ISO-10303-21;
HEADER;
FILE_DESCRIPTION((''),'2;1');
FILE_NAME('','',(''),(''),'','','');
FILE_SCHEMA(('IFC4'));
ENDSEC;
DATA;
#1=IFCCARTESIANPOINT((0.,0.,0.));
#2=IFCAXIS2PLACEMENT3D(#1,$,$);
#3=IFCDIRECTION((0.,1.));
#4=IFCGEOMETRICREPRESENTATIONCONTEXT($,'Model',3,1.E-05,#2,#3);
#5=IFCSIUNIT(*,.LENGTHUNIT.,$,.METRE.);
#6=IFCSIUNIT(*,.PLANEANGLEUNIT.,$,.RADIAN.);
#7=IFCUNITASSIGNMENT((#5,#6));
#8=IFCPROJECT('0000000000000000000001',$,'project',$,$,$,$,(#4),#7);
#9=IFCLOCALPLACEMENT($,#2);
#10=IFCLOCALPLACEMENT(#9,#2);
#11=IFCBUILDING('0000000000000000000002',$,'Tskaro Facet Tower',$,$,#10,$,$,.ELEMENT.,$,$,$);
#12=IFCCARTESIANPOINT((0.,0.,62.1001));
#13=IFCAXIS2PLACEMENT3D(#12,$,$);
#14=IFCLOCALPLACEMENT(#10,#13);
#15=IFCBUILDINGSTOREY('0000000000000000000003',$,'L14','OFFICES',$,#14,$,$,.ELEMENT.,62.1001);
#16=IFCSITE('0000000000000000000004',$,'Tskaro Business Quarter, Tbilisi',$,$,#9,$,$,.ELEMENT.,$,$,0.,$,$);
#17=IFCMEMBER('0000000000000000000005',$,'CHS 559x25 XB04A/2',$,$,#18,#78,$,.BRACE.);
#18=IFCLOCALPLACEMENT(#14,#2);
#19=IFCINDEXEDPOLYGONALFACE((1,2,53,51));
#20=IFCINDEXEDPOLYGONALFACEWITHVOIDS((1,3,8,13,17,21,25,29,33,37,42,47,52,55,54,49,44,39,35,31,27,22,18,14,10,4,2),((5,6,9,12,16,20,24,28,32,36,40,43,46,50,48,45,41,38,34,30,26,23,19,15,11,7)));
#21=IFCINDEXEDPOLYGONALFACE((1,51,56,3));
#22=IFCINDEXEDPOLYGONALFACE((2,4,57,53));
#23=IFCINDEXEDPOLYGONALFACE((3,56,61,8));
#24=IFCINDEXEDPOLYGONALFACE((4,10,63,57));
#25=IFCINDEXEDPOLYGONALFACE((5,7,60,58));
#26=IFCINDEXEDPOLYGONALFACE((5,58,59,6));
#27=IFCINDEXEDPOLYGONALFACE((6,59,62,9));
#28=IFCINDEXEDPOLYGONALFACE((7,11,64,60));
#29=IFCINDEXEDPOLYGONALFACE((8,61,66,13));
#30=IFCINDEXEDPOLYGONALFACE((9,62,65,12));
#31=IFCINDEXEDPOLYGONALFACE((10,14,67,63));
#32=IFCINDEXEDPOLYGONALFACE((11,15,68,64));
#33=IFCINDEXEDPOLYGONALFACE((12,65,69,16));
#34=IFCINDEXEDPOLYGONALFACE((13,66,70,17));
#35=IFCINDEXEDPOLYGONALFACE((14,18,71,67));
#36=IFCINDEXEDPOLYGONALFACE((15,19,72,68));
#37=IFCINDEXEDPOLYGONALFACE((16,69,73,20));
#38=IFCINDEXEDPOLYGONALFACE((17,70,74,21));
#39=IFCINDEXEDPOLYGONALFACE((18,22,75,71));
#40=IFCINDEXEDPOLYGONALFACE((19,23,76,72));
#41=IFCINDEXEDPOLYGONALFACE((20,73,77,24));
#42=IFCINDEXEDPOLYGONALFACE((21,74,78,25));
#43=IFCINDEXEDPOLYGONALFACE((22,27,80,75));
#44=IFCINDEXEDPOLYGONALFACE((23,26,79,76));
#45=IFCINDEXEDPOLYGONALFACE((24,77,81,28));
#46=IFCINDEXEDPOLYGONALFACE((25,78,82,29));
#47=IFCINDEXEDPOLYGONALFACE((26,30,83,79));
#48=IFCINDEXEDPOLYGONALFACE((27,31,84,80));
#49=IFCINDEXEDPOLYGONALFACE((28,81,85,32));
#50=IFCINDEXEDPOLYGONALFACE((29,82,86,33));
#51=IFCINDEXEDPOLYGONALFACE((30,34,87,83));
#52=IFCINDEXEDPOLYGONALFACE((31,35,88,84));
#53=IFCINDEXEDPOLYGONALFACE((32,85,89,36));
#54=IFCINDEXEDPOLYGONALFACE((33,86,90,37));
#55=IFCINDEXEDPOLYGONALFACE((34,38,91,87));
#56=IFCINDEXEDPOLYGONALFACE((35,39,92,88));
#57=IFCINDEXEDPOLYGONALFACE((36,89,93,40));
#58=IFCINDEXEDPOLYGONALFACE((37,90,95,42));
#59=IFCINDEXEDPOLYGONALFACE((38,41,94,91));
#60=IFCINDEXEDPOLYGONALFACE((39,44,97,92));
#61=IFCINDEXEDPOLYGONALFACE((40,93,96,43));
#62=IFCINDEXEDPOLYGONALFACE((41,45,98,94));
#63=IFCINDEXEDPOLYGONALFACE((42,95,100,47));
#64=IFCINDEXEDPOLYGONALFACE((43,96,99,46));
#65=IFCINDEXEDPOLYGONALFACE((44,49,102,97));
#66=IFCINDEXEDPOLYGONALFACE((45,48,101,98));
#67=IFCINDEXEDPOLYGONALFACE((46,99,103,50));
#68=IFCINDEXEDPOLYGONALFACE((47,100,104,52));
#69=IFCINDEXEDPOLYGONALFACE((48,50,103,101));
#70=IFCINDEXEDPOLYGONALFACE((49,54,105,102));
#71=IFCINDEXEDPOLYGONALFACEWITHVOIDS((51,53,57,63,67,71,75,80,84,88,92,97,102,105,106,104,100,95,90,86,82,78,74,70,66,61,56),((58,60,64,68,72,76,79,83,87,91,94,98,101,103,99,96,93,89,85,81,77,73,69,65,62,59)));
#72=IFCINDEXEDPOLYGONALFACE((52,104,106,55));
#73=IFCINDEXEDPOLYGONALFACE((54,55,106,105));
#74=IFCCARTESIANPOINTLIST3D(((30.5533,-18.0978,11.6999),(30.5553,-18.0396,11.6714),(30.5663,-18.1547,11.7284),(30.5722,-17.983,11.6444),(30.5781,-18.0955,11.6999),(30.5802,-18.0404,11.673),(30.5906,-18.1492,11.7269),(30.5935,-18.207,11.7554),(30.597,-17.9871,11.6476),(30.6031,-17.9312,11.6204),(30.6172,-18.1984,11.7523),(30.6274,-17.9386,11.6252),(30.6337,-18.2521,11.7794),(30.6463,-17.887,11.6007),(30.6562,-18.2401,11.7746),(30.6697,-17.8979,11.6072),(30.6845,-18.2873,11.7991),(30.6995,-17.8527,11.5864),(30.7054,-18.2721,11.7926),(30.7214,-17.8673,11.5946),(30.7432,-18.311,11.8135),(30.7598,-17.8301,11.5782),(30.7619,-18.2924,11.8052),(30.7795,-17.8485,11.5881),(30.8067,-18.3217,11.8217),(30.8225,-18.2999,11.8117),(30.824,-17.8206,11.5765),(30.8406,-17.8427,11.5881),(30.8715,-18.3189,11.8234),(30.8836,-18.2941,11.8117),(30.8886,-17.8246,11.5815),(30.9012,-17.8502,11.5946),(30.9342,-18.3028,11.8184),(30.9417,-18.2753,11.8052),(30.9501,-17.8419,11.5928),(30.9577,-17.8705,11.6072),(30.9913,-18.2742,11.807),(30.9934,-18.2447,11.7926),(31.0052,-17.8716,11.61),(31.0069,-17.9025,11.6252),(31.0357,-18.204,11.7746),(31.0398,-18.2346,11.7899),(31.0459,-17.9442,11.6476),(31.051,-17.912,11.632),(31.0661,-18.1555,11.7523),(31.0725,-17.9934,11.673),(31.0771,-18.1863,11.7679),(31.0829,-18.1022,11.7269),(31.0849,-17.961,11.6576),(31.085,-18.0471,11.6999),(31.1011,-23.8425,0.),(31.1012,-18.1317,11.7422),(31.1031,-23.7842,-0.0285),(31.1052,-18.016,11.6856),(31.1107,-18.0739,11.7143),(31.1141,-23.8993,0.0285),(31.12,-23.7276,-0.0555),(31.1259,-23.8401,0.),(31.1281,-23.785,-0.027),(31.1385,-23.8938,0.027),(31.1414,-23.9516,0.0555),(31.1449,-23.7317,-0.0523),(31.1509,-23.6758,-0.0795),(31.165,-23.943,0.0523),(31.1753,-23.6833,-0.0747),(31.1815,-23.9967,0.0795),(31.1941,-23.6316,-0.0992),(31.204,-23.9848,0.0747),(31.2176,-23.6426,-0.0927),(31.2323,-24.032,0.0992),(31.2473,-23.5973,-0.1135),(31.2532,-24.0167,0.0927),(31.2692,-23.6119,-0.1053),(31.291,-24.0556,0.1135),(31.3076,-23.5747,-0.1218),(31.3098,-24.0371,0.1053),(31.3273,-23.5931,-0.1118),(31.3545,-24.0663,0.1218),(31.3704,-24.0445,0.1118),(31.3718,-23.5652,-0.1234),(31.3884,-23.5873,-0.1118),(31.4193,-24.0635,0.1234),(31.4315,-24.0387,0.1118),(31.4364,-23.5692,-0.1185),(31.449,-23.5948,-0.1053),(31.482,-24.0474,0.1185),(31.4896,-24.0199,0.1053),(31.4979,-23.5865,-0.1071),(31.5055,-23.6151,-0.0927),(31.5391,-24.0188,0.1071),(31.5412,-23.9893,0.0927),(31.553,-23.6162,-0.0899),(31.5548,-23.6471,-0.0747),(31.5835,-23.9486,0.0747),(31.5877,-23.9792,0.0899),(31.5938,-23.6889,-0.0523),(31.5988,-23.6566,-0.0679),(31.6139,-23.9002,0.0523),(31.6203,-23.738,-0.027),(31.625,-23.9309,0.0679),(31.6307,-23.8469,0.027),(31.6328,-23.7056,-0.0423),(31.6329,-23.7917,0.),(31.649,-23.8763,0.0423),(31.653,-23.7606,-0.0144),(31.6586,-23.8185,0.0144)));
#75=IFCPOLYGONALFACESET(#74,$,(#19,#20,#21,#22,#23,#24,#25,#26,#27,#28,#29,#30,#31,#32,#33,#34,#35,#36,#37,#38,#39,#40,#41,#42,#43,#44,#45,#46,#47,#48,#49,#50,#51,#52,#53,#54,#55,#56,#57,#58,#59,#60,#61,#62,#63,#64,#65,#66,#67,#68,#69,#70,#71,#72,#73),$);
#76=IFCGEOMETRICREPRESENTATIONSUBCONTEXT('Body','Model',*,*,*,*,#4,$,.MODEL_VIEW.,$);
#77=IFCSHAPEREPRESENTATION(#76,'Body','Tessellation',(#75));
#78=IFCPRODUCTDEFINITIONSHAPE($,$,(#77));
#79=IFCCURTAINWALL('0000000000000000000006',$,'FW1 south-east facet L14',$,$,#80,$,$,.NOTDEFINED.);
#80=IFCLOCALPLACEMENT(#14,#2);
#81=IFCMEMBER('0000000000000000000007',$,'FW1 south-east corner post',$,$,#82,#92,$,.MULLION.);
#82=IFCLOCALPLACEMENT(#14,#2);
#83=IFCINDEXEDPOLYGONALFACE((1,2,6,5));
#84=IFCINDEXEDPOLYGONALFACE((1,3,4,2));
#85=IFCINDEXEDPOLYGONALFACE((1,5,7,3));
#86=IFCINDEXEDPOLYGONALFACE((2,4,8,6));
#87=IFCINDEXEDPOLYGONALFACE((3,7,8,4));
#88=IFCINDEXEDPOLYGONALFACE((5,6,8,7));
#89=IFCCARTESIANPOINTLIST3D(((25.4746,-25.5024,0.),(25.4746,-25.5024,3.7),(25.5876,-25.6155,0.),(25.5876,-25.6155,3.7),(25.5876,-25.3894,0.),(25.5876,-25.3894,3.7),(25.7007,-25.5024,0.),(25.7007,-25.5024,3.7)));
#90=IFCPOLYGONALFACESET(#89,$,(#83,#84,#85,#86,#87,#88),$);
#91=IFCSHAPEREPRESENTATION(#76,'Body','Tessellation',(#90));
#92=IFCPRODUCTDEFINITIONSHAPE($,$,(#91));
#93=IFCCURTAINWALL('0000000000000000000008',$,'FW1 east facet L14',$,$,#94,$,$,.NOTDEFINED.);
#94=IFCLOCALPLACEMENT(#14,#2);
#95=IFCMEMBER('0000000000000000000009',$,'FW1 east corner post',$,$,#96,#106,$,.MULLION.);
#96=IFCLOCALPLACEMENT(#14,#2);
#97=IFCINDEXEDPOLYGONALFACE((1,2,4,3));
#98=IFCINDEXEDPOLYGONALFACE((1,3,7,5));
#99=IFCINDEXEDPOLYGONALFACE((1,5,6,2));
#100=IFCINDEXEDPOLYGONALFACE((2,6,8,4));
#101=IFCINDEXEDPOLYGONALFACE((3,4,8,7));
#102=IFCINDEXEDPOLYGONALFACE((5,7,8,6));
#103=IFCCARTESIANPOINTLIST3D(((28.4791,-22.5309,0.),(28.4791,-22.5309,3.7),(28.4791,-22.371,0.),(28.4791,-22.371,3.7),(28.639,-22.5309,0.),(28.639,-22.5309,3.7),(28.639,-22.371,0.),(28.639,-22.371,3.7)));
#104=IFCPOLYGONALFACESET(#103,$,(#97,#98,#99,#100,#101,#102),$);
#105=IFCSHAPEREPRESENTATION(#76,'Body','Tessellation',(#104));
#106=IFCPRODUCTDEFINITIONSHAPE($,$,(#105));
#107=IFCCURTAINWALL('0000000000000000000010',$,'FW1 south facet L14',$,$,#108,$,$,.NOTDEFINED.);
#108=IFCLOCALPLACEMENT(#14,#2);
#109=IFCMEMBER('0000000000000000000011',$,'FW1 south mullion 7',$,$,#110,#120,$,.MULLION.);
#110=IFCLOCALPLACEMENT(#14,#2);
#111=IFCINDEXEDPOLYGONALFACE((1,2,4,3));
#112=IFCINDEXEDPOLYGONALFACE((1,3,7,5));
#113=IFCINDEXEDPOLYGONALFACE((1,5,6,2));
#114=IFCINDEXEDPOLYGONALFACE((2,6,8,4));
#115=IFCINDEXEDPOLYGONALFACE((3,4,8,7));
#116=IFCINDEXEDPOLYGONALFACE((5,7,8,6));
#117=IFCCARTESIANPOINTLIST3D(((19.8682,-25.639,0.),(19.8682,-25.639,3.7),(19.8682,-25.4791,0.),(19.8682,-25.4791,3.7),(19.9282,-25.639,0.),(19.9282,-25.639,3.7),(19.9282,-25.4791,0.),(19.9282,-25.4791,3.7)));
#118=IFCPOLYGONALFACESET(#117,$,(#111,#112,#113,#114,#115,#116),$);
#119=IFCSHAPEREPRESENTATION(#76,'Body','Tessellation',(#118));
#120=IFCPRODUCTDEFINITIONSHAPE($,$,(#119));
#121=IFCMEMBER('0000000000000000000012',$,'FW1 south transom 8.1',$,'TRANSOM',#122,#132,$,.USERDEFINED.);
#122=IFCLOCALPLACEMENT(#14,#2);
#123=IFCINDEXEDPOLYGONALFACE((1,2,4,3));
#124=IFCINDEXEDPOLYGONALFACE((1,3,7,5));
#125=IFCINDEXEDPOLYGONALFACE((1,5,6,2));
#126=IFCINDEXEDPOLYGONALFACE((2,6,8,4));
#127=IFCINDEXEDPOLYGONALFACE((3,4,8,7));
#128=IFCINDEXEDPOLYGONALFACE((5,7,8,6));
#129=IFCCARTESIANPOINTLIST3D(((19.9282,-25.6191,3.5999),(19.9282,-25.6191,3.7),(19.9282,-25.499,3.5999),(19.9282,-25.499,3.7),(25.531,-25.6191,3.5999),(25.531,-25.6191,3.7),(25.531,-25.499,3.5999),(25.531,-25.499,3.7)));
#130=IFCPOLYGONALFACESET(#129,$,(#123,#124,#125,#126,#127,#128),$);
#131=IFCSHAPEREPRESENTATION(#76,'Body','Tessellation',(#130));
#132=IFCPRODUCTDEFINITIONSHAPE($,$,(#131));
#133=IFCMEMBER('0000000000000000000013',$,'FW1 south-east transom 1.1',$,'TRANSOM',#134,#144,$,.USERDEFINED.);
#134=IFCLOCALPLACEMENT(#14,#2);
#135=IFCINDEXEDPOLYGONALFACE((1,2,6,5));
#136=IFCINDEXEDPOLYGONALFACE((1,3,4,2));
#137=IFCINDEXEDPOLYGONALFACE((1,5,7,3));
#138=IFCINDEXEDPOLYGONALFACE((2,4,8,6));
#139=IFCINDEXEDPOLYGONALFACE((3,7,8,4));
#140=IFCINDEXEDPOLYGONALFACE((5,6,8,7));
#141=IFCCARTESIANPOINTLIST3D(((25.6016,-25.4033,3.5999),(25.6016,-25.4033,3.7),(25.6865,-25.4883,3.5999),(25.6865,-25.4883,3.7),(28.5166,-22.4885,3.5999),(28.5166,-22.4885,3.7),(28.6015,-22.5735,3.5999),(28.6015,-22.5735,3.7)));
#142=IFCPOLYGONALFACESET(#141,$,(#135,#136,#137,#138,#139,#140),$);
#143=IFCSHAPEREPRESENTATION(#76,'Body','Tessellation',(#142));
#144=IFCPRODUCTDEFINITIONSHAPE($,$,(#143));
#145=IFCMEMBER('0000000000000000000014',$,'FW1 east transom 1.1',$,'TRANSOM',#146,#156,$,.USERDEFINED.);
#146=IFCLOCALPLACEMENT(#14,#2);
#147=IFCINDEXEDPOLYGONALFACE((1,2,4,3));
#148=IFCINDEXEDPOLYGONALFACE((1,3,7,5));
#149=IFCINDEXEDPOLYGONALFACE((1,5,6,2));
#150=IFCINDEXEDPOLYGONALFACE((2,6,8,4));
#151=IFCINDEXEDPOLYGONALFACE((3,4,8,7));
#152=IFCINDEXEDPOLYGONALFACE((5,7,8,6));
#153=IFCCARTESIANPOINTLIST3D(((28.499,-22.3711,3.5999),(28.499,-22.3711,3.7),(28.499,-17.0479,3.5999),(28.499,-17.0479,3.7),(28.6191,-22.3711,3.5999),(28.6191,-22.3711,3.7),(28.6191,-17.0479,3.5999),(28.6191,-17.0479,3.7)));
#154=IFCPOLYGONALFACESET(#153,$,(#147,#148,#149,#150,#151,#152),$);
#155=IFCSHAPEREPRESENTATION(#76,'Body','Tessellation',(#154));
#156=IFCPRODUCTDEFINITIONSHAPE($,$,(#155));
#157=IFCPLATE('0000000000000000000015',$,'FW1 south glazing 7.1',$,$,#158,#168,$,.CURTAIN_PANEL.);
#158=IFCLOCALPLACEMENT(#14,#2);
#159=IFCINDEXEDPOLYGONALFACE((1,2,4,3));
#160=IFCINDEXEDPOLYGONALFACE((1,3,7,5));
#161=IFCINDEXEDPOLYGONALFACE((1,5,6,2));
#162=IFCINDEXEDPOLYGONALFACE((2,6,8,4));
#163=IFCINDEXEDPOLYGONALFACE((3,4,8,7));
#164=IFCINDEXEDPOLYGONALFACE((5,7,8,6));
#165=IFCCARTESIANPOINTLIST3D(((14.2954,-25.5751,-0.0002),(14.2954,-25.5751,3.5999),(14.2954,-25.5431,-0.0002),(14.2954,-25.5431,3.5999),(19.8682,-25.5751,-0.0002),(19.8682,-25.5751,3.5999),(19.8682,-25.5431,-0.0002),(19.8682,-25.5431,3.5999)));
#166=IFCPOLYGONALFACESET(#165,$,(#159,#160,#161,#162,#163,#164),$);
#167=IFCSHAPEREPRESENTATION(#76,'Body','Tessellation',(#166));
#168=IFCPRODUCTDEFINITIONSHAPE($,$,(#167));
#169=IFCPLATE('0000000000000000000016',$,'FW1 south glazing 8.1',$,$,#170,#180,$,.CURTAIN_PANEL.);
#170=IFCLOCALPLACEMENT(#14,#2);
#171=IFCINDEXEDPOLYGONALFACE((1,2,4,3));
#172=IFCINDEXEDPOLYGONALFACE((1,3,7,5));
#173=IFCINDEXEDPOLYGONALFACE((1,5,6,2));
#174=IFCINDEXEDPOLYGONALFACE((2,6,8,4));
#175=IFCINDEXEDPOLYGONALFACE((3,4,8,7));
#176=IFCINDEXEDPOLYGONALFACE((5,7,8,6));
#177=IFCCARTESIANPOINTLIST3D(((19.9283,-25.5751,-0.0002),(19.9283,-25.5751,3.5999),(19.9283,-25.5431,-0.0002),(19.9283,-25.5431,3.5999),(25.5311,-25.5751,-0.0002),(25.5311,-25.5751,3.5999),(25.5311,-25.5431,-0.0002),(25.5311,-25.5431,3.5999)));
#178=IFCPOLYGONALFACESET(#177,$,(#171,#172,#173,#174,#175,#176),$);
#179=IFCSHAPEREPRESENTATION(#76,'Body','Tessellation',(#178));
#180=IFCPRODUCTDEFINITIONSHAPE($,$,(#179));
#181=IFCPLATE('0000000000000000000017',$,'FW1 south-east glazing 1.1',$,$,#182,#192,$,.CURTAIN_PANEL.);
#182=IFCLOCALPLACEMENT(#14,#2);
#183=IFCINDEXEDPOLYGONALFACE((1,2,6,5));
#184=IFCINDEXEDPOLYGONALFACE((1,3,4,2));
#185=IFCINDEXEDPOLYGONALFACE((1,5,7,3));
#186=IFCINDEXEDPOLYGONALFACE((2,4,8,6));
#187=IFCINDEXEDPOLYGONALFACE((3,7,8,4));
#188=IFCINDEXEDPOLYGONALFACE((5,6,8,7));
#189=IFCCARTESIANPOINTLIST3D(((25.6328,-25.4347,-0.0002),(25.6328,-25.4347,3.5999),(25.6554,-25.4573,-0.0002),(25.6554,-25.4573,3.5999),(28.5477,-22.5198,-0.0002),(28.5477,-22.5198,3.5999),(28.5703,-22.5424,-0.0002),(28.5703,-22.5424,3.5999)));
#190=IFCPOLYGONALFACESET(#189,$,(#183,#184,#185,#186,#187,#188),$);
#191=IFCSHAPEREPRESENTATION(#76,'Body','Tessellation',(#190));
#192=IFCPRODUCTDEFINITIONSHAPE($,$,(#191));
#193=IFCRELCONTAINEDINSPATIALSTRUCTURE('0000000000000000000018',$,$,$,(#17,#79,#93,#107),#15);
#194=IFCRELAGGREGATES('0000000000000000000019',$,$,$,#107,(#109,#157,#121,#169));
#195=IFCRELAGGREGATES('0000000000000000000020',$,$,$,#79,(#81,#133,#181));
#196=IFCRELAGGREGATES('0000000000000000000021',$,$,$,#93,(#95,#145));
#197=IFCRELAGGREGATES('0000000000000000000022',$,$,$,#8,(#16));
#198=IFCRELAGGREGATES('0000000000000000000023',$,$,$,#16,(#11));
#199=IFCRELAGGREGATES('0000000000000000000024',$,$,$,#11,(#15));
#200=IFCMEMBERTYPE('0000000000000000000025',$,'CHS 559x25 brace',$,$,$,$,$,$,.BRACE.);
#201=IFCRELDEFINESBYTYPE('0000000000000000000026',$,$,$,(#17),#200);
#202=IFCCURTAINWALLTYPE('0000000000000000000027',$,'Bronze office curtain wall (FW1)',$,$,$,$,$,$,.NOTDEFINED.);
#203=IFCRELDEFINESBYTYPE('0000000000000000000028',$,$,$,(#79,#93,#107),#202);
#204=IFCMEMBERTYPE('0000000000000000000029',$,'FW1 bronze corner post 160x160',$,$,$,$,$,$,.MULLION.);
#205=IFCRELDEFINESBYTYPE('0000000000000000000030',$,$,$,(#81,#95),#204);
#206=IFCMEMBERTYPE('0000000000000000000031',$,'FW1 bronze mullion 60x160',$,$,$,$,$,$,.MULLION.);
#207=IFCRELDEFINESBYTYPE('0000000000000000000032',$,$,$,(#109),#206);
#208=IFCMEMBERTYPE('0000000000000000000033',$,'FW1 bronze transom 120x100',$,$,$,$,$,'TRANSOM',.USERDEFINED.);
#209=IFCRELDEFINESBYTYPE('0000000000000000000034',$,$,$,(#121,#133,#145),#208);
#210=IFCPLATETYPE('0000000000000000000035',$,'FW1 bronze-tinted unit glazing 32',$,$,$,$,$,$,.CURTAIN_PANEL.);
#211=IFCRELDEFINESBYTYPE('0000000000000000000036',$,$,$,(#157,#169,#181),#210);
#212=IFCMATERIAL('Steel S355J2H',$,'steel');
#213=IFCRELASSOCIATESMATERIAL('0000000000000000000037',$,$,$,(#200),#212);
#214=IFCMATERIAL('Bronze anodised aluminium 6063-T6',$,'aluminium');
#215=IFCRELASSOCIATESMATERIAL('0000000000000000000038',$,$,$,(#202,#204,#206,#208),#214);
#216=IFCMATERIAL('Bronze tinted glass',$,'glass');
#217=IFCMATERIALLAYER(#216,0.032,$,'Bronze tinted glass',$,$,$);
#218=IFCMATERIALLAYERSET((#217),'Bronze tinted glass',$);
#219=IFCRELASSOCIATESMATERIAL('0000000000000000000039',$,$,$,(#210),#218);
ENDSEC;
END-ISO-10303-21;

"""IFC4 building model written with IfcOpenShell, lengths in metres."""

from ifc_helpers import new_model, si_unit, direction, frame, origin, origin_2d, place, context, subcontext, project, spatial, rectangle, hollow_circle, extrude, material, layer, layer_set, material_profile, profile_set, type_object, element, aggregate, save


model = new_model("IFC4")

# Units and contexts
model_context = context("Model", 3, precision=1e-05, world=origin(), true_north=direction((0.0, 1.0)))
body_context = subcontext(model_context, "Body", "Model", "MODEL_VIEW")
ifc_project = project(units=[si_unit("LENGTHUNIT", "METRE"), si_unit("PLANEANGLEUNIT", "RADIAN")], contexts=[model_context])

# Site, building, storey
site_placement = place(None, origin())
site = spatial("IfcSite", under=ifc_project, at=site_placement, Name="Tskaro Business Quarter, Tbilisi", CompositionType="ELEMENT", RefElevation=0.0)
building_placement = place(site_placement, origin())
building = spatial("IfcBuilding", under=site, at=building_placement, Name="Tskaro Facet Tower", CompositionType="ELEMENT")
storey_placement = place(building_placement, frame((0.0, 0.0, 62.1001)))
storey = spatial("IfcBuildingStorey", under=building, at=storey_placement, Name="L14", Description="OFFICES", CompositionType="ELEMENT", Elevation=62.1001)

# Shared definitions
ifc_material_1 = material(Name="Steel S355J2H", Category="steel")

# Member
ifc_material_profile_1 = material_profile(ifc_material_1, hollow_circle(Radius=0.2795, WallThickness=0.0249, at=origin_2d()), Name="CHS 559x25")
ifc_profile_set_1 = profile_set([ifc_material_profile_1], Name="Steel S355J2H")
member_type_1 = type_object("IfcMemberType", Name="CHS 559x25 brace", PredefinedType="BRACE", material=ifc_profile_set_1)
member_1_placement = place(storey_placement, frame((31.3794, -23.8159, 0.0), z_axis=(-0.041995, 0.440347, 0.896845), x_axis=(-0.995483, -0.094937, 0.0)))
element("IfcMember", 1, at=member_1_placement, inside=storey, type_object=member_type_1, Name="CHS 559x25 XB04A/2", PredefinedType="BRACE", context=body_context, shape_type="SweptSolid", body=[
    extrude(hollow_circle(Radius=0.2795, WallThickness=0.0249, at=origin_2d()), origin(), (0.0, 0.0, 1.0), 13.0457),
])

# Curtain walls, members
ifc_material_2 = material(Name="Bronze anodised aluminium 6063-T6", Category="aluminium")
curtain_wall_type = type_object("IfcCurtainWallType", Name="Bronze office curtain wall (FW1)", PredefinedType="NOTDEFINED", material=ifc_material_2)
curtain_wall_1_placement = place(storey_placement, origin())
curtain_wall_1 = element("IfcCurtainWall", 2, at=curtain_wall_1_placement, inside=storey, type_object=curtain_wall_type, Name="FW1 south-east facet L14", PredefinedType="NOTDEFINED")
ifc_material_profile_2 = material_profile(ifc_material_2, rectangle(XDim=0.1599, YDim=0.1599, at=origin_2d()), Name="Corner post 160x160")
ifc_profile_set_2 = profile_set([ifc_material_profile_2], Name="Bronze anodised aluminium 6063-T6")
member_type_2 = type_object("IfcMemberType", Name="FW1 bronze corner post 160x160", PredefinedType="MULLION", material=ifc_profile_set_2)
member_2_placement = place(storey_placement, frame((25.5876, -25.5024, 0.0), z_axis=(0.0, 0.0, 1.0), x_axis=(0.707107, 0.707107, 0.0)))
member_2 = element("IfcMember", 3, at=member_2_placement, type_object=member_type_2, Name="FW1 south-east corner post", PredefinedType="MULLION", context=body_context, shape_type="SweptSolid", body=[
    extrude(rectangle(XDim=0.1599, YDim=0.1599, at=origin_2d()), origin(), (0.0, 0.0, 1.0), 3.7),
])
curtain_wall_2_placement = place(storey_placement, origin())
curtain_wall_2 = element("IfcCurtainWall", 4, at=curtain_wall_2_placement, inside=storey, type_object=curtain_wall_type, Name="FW1 east facet L14", PredefinedType="NOTDEFINED")
member_3_placement = place(storey_placement, frame((28.5591, -22.4509, 0.0), z_axis=(0.0, 0.0, 1.0), x_axis=(0.0, 1.0, 0.0)))
member_3 = element("IfcMember", 5, at=member_3_placement, type_object=member_type_2, Name="FW1 east corner post", PredefinedType="MULLION", context=body_context, shape_type="SweptSolid", body=[
    extrude(rectangle(XDim=0.1599, YDim=0.1599, at=origin_2d()), origin(), (0.0, 0.0, 1.0), 3.7),
])

# Curtain wall, members
curtain_wall_3_placement = place(storey_placement, origin())
curtain_wall_3 = element("IfcCurtainWall", 6, at=curtain_wall_3_placement, inside=storey, type_object=curtain_wall_type, Name="FW1 south facet L14", PredefinedType="NOTDEFINED")
ifc_material_profile_3 = material_profile(ifc_material_2, rectangle(XDim=0.0601, YDim=0.1599, at=origin_2d()), Name="Mullion 60x160")
ifc_profile_set_3 = profile_set([ifc_material_profile_3], Name="Bronze anodised aluminium 6063-T6")
member_type_3 = type_object("IfcMemberType", Name="FW1 bronze mullion 60x160", PredefinedType="MULLION", material=ifc_profile_set_3)
member_4_placement = place(storey_placement, frame((19.8982, -25.5591, 0.0), z_axis=(0.0, 0.0, 1.0), x_axis=(1.0, 0.0, 0.0)))
member_4 = element("IfcMember", 7, at=member_4_placement, type_object=member_type_3, Name="FW1 south mullion 7", PredefinedType="MULLION", context=body_context, shape_type="SweptSolid", body=[
    extrude(rectangle(XDim=0.0601, YDim=0.1599, at=origin_2d()), origin(), (0.0, 0.0, 1.0), 3.7),
])
ifc_material_profile_4 = material_profile(ifc_material_2, rectangle(XDim=0.1201, YDim=0.1001, at=origin_2d()), Name="Transom 120x100")
ifc_profile_set_4 = profile_set([ifc_material_profile_4], Name="Bronze anodised aluminium 6063-T6")
member_type_4 = type_object("IfcMemberType", Name="FW1 bronze transom 120x100", ElementType="TRANSOM", PredefinedType="USERDEFINED", material=ifc_profile_set_4)
member_5_placement = place(storey_placement, frame((19.9282, -25.5591, 3.6499), z_axis=(1.0, 0.0, 0.0), x_axis=(0.0, 1.0, 0.0)))
member_5 = element("IfcMember", 8, at=member_5_placement, type_object=member_type_4, Name="FW1 south transom 8.1", ObjectType="TRANSOM", PredefinedType="USERDEFINED", context=body_context, shape_type="SweptSolid", body=[
    extrude(rectangle(XDim=0.1201, YDim=0.1001, at=origin_2d()), origin(), (0.0, 0.0, 1.0), 5.6028),
])

# Members
member_6_placement = place(storey_placement, frame((25.644, -25.4458, 3.6499), z_axis=(0.707136, 0.707077, 0.0), x_axis=(-0.707077, 0.707136, 0.0)))
member_6 = element("IfcMember", 9, at=member_6_placement, type_object=member_type_4, Name="FW1 south-east transom 1.1", ObjectType="TRANSOM", PredefinedType="USERDEFINED", context=body_context, shape_type="SweptSolid", body=[
    extrude(rectangle(XDim=0.1201, YDim=0.1001, at=origin_2d()), origin(), (0.0, 0.0, 1.0), 4.1223),
])
member_7_placement = place(storey_placement, frame((28.5591, -22.3711, 3.6499), z_axis=(0.0, 1.0, 0.0), x_axis=(-1.0, 0.0, 0.0)))
member_7 = element("IfcMember", 10, at=member_7_placement, type_object=member_type_4, Name="FW1 east transom 1.1", ObjectType="TRANSOM", PredefinedType="USERDEFINED", context=body_context, shape_type="SweptSolid", body=[
    extrude(rectangle(XDim=0.1201, YDim=0.1001, at=origin_2d()), origin(), (0.0, 0.0, 1.0), 5.3232),
])

# Plates
ifc_material_3 = material(Name="Bronze tinted glass", Category="glass")
ifc_layer_1 = layer(ifc_material_3, 0.032, Name="Bronze tinted glass")
ifc_layer_set_1 = layer_set([ifc_layer_1], Name="Bronze tinted glass")
plate_type = type_object("IfcPlateType", Name="FW1 bronze-tinted unit glazing 32", PredefinedType="CURTAIN_PANEL", material=ifc_layer_set_1)
plate_1_placement = place(storey_placement, frame((17.0818, -25.5591, -0.0002), z_axis=(0.0, 0.0, 1.0), x_axis=(1.0, 0.0, 0.0)))
plate_1 = element("IfcPlate", 11, at=plate_1_placement, type_object=plate_type, Name="FW1 south glazing 7.1", PredefinedType="CURTAIN_PANEL", context=body_context, shape_type="SweptSolid", body=[
    extrude(rectangle(XDim=5.5728, YDim=0.032, at=origin_2d()), origin(), (0.0, 0.0, 1.0), 3.6001),
])
plate_2_placement = place(storey_placement, frame((22.7297, -25.5591, -0.0002), z_axis=(0.0, 0.0, 1.0), x_axis=(1.0, 0.0, 0.0)))
plate_2 = element("IfcPlate", 12, at=plate_2_placement, type_object=plate_type, Name="FW1 south glazing 8.1", PredefinedType="CURTAIN_PANEL", context=body_context, shape_type="SweptSolid", body=[
    extrude(rectangle(XDim=5.6028, YDim=0.032, at=origin_2d()), origin(), (0.0, 0.0, 1.0), 3.6001),
])
aggregate(curtain_wall_3, [member_4, plate_1, member_5, plate_2])
plate_3_placement = place(storey_placement, frame((27.1016, -23.9885, -0.0002), z_axis=(0.0, 0.0, 1.0), x_axis=(0.707107, 0.707107, 0.0)))
plate_3 = element("IfcPlate", 13, at=plate_3_placement, type_object=plate_type, Name="FW1 south-east glazing 1.1", PredefinedType="CURTAIN_PANEL", context=body_context, shape_type="SweptSolid", body=[
    extrude(rectangle(XDim=4.1223, YDim=0.032, at=origin_2d()), origin(), (0.0, 0.0, 1.0), 3.6001),
])
aggregate(curtain_wall_1, [member_2, member_6, plate_3])
aggregate(curtain_wall_2, [member_3, member_7])

save(model, "model.ifc")
